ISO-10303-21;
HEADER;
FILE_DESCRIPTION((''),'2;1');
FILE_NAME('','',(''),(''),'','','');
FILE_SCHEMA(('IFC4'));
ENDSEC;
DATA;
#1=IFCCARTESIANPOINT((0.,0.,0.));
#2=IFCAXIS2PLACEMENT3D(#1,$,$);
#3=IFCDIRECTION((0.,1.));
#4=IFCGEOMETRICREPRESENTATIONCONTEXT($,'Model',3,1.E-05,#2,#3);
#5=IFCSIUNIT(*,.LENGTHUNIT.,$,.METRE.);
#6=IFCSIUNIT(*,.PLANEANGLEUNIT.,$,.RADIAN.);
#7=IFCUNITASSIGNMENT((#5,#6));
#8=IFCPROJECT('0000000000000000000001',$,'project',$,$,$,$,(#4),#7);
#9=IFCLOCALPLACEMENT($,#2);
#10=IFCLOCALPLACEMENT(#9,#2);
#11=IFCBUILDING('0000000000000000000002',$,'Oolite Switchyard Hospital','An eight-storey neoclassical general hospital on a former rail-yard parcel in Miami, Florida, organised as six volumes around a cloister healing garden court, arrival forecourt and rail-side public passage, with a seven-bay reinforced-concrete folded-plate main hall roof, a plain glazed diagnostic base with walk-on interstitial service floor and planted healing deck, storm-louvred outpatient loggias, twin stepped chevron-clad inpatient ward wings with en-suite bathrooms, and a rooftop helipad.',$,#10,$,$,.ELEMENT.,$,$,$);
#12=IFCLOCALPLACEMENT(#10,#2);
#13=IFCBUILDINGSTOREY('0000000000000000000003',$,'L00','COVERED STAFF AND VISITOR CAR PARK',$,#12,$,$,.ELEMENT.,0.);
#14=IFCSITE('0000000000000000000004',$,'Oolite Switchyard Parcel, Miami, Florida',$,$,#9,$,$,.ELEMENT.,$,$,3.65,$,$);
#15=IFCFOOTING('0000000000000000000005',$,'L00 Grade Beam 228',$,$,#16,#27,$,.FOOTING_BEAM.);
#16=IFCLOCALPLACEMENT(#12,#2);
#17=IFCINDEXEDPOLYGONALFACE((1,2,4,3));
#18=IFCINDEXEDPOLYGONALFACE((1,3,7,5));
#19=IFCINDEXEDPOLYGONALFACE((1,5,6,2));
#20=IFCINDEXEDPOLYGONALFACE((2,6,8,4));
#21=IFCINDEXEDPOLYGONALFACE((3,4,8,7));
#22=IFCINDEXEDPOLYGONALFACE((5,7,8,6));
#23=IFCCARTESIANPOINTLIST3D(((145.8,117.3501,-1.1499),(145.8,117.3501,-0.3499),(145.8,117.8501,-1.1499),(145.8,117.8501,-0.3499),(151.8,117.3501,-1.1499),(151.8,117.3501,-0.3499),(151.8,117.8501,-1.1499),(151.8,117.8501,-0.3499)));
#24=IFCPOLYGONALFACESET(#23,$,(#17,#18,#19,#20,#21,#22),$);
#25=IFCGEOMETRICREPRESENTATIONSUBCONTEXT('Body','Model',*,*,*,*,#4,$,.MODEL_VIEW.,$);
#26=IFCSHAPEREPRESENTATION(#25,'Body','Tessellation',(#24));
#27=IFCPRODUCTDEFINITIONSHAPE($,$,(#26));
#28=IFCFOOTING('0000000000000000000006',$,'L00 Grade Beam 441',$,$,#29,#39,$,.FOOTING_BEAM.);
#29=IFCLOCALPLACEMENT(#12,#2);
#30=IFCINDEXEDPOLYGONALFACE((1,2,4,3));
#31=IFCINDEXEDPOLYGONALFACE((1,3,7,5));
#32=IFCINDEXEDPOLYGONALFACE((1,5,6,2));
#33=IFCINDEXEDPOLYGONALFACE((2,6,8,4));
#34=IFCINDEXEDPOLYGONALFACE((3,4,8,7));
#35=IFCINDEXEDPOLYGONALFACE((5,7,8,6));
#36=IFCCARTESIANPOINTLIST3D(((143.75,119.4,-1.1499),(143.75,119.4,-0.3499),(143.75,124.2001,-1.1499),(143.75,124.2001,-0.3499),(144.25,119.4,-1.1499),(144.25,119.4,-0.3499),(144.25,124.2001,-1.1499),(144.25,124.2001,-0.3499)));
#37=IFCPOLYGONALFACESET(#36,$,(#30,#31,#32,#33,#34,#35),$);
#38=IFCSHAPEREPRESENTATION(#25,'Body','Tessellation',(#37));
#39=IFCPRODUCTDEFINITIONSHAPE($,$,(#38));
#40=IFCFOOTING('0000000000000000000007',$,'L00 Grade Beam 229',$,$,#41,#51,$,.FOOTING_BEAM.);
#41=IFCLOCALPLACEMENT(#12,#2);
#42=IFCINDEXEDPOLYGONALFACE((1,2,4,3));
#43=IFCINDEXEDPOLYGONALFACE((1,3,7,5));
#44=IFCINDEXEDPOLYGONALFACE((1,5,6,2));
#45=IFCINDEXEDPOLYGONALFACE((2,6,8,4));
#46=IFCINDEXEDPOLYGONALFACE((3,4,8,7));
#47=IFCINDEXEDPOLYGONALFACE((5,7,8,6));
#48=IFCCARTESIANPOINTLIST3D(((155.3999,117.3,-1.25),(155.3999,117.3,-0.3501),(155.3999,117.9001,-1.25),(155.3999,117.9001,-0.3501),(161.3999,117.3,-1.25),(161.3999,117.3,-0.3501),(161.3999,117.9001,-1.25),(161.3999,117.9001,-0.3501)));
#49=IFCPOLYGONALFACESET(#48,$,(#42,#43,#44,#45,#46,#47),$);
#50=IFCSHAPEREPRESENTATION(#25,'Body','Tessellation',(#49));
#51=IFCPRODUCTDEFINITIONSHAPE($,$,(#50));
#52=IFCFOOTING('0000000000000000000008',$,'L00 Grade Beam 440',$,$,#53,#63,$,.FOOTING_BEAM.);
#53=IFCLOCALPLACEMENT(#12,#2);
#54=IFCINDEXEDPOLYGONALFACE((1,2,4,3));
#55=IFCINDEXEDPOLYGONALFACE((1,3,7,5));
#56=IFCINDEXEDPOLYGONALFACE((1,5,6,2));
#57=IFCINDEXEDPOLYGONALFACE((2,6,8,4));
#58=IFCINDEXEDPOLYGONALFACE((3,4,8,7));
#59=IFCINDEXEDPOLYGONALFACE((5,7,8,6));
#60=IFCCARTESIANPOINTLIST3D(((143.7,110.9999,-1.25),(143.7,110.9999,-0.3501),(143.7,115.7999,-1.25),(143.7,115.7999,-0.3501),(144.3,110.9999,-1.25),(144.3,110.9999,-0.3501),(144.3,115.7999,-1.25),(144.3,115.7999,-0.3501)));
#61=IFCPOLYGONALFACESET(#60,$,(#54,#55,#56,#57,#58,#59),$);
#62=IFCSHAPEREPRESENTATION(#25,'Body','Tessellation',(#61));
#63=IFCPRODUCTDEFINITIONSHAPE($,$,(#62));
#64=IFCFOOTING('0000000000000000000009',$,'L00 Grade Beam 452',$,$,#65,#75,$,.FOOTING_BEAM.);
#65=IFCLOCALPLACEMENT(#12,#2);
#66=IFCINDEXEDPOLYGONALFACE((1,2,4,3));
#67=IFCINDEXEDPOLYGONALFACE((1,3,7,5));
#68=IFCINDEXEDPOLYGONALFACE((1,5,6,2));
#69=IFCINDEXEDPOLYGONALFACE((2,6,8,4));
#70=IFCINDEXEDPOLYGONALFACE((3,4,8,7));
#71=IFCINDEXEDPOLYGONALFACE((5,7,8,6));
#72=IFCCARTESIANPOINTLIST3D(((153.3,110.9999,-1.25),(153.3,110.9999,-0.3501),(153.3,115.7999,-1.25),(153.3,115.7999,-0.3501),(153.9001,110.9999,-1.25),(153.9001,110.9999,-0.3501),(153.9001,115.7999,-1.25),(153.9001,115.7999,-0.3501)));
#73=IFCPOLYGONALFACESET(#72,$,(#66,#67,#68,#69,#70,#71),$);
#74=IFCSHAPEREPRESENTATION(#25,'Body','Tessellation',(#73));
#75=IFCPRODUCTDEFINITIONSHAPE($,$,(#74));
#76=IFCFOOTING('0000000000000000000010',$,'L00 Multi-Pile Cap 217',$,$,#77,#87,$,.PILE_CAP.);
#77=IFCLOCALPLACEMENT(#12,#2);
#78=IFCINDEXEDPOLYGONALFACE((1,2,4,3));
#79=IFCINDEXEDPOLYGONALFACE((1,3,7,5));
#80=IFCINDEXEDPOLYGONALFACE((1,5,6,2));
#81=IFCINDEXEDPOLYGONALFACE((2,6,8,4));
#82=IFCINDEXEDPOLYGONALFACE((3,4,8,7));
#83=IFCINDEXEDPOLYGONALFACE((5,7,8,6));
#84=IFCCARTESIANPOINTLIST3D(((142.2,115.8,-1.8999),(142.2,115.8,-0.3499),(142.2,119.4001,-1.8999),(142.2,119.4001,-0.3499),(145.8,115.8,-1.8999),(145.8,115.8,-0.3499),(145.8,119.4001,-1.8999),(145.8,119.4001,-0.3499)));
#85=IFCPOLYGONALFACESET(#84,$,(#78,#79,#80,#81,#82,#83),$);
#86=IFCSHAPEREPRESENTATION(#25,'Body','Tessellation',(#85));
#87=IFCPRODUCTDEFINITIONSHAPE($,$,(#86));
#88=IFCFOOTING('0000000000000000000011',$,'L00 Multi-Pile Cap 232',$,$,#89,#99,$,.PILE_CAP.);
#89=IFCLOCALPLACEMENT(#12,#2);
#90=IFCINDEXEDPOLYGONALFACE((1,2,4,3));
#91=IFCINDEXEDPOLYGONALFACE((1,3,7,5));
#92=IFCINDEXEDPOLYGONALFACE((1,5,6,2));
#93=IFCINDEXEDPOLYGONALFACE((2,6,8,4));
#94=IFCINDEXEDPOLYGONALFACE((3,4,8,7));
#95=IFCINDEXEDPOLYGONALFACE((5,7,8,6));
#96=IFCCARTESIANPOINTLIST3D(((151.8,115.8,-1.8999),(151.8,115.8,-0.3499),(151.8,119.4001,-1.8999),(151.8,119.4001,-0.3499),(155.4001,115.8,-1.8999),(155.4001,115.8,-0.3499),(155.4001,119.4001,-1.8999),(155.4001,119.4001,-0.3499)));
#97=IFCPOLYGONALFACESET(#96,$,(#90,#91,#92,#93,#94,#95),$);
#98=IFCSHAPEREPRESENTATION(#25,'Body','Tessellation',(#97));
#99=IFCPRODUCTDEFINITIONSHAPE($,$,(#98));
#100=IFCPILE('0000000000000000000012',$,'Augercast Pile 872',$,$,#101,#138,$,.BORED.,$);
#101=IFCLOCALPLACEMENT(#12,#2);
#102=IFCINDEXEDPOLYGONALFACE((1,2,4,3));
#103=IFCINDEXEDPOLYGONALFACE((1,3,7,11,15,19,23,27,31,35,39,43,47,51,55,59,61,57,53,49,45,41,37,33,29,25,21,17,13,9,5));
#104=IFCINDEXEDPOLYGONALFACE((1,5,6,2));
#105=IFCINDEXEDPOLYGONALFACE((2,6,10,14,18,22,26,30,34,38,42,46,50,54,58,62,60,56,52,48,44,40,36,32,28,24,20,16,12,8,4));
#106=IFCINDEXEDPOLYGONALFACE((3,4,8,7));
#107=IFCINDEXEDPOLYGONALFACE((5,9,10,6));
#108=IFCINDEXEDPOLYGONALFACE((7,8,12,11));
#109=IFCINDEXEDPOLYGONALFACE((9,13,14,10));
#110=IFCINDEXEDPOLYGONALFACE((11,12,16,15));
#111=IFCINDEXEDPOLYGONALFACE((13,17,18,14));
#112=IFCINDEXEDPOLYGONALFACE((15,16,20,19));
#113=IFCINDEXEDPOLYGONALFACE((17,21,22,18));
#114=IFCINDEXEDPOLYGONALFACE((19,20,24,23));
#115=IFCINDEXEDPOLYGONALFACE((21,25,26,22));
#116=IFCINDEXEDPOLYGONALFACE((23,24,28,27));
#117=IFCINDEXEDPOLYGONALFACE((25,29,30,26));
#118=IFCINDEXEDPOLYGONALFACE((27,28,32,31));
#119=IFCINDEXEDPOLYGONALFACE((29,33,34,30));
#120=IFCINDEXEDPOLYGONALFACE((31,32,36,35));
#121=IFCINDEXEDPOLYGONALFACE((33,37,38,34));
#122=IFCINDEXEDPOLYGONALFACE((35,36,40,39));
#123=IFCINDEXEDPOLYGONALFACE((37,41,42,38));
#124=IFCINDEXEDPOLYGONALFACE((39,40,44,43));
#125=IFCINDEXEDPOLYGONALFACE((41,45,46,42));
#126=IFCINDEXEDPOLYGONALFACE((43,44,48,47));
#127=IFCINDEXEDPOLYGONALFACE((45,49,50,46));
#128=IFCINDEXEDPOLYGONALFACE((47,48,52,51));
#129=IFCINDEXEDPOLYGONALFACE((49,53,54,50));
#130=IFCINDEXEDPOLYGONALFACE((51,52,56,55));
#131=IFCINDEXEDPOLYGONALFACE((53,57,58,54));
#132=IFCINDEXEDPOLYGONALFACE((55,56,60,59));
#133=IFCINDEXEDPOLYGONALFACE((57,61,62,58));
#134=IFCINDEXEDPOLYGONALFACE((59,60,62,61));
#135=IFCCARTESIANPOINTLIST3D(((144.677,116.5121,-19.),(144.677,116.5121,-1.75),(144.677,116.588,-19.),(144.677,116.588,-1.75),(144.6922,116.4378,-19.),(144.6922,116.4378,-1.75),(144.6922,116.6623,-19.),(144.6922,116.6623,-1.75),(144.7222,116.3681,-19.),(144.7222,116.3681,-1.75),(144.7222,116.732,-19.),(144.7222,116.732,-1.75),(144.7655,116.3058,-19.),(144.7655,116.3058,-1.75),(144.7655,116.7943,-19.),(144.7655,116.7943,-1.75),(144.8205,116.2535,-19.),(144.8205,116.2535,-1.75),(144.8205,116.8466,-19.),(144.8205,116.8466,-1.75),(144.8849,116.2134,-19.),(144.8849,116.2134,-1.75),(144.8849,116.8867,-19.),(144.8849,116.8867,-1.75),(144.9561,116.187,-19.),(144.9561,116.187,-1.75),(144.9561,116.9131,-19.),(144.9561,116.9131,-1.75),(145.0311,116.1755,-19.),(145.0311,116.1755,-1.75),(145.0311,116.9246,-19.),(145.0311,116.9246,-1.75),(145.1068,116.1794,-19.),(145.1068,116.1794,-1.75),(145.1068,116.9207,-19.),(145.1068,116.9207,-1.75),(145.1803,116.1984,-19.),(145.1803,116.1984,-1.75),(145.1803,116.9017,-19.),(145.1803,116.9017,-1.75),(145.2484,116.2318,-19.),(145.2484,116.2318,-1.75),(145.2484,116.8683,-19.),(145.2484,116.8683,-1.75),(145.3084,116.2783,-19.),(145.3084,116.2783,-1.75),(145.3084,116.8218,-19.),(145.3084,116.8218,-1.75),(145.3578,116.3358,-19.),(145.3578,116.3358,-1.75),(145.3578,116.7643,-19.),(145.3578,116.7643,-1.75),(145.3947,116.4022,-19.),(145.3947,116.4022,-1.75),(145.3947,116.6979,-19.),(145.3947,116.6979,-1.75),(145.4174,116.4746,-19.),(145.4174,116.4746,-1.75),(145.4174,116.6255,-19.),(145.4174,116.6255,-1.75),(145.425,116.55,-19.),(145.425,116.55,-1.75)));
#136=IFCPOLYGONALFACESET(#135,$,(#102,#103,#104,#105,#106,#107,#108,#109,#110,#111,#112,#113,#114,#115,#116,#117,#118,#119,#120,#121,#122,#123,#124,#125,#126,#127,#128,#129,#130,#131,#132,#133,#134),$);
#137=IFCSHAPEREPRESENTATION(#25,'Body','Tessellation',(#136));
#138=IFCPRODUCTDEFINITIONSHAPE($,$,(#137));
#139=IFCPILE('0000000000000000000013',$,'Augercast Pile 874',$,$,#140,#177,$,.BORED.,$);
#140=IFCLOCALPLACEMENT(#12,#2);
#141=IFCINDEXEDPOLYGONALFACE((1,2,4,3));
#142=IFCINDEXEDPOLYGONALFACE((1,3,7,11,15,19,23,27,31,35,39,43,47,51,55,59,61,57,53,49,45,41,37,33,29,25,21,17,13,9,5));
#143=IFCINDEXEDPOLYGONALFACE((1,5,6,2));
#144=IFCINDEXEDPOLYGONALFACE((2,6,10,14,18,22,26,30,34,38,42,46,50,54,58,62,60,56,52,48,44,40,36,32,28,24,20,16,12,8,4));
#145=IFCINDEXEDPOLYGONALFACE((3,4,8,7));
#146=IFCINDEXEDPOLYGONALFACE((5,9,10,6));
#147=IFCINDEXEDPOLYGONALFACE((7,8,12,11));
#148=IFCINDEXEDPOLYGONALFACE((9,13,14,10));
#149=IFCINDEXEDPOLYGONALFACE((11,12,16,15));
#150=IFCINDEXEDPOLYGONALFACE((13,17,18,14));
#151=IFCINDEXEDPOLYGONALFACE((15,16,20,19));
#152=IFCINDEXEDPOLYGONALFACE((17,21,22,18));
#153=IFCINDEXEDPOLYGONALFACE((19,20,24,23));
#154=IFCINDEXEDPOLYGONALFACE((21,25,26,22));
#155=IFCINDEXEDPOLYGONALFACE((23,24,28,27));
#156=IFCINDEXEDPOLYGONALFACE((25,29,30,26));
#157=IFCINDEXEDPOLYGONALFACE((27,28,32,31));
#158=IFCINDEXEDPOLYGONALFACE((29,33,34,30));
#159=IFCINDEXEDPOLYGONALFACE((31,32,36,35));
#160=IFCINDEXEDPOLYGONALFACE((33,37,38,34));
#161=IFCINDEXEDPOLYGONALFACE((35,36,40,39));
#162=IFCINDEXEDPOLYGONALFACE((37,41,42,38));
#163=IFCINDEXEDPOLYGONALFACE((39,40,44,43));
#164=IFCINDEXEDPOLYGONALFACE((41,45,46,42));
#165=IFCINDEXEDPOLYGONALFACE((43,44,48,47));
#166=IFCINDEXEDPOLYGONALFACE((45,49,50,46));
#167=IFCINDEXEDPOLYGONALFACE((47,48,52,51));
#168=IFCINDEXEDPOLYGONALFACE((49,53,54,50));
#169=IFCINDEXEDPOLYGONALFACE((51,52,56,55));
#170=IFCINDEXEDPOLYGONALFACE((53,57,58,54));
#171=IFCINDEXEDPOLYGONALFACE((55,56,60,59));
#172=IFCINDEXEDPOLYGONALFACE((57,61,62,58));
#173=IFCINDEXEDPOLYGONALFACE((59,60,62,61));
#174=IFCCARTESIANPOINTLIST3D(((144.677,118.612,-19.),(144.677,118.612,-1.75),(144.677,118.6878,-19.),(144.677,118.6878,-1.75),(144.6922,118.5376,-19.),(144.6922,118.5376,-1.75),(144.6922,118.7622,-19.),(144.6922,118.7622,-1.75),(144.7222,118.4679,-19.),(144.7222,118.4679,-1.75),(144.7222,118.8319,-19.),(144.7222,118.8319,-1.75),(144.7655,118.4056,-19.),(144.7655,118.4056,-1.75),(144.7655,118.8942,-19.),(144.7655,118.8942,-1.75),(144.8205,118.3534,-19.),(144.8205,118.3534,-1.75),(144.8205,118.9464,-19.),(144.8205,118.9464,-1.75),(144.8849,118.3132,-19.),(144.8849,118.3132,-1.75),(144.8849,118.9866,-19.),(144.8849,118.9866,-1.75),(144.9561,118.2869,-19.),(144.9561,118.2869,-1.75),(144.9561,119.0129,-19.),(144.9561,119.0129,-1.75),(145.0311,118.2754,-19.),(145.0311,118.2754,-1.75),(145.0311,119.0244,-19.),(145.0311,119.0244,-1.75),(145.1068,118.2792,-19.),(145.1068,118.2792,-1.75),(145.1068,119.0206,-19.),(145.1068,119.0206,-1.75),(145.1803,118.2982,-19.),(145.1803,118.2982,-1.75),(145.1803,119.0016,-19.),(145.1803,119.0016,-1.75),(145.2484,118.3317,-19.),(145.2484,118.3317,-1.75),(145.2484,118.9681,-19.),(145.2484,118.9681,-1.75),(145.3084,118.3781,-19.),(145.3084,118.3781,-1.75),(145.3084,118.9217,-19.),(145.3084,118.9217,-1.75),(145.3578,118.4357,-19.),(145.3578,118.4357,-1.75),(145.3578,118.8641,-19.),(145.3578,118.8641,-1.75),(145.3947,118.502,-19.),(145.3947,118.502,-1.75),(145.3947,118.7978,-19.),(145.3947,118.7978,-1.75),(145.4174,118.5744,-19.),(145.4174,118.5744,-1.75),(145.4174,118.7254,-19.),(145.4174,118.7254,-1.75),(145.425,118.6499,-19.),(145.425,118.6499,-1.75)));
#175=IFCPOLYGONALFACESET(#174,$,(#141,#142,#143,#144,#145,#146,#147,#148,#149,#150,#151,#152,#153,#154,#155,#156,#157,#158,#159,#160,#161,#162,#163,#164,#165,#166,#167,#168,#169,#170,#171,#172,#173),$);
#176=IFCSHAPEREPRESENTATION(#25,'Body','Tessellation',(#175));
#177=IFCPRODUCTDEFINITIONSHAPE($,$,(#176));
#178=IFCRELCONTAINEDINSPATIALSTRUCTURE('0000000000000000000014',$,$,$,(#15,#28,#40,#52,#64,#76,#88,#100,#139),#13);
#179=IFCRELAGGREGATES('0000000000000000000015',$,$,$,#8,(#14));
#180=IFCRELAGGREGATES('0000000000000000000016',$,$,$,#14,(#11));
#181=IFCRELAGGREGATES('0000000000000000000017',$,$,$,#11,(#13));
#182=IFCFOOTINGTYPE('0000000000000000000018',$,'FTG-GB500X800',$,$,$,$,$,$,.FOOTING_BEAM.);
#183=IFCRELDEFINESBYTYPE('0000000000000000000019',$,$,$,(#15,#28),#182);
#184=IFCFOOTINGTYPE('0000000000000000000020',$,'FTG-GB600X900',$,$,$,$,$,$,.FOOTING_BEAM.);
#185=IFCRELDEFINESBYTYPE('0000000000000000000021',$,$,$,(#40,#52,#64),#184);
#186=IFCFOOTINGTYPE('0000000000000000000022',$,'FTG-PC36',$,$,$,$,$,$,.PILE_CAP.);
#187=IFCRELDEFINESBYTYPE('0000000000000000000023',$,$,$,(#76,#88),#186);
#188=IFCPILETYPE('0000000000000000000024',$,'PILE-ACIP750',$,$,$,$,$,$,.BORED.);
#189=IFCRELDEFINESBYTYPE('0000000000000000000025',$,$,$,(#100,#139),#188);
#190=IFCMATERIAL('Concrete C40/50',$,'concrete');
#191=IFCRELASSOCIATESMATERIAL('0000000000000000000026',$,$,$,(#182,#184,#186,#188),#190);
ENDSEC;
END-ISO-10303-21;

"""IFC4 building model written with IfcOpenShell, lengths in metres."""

from ifc_helpers import new_model, si_unit, direction, frame, origin, origin_2d, place, context, subcontext, project, spatial, rectangle, circle, extrude, material, material_profile, profile_set, type_object, element, save


model = new_model("IFC4")

# Units and contexts
model_context = context("Model", 3, precision=1e-05, world=origin(), true_north=direction((0.0, 1.0)))
body_context = subcontext(model_context, "Body", "Model", "MODEL_VIEW")
ifc_project = project(units=[si_unit("LENGTHUNIT", "METRE"), si_unit("PLANEANGLEUNIT", "RADIAN")], contexts=[model_context])

# Site, building, storey
site_placement = place(None, origin())
site = spatial("IfcSite", under=ifc_project, at=site_placement, Name="Oolite Switchyard Parcel, Miami, Florida", CompositionType="ELEMENT", RefElevation=3.65)
building_placement = place(site_placement, origin())
building = spatial("IfcBuilding", under=site, at=building_placement, Name="Oolite Switchyard Hospital", Description="An eight-storey neoclassical general hospital on a former rail-yard parcel in Miami, Florida, organised as six volumes around a cloister healing garden court, arrival forecourt and rail-side public passage, with a seven-bay reinforced-concrete folded-plate main hall roof, a plain glazed diagnostic base with walk-on interstitial service floor and planted healing deck, storm-louvred outpatient loggias, twin stepped chevron-clad inpatient ward wings with en-suite bathrooms, and a rooftop helipad.", CompositionType="ELEMENT")
storey_placement = place(building_placement, origin())
storey = spatial("IfcBuildingStorey", under=building, at=storey_placement, Name="L00", Description="COVERED STAFF AND VISITOR CAR PARK", CompositionType="ELEMENT", Elevation=0.0)

# Footings
ifc_material_1 = material(Name="Concrete C40/50", Category="concrete")
footing_type_1 = type_object("IfcFootingType", Name="FTG-GB500X800", PredefinedType="FOOTING_BEAM", material=ifc_material_1)
footing_1_placement = place(storey_placement, frame((148.8, 117.6001, -1.1499), z_axis=(0.0, 0.0, 1.0), x_axis=(1.0, 0.0, 0.0)))
element("IfcFooting", 1, at=footing_1_placement, inside=storey, type_object=footing_type_1, Name="L00 Grade Beam 228", PredefinedType="FOOTING_BEAM", context=body_context, shape_type="SweptSolid", body=[
    extrude(rectangle(XDim=6.0, YDim=0.5, at=origin_2d()), origin(), (0.0, 0.0, 1.0), 0.8),
])
footing_2_placement = place(storey_placement, frame((144.0, 121.8, -1.1499), z_axis=(0.0, 0.0, 1.0), x_axis=(0.0, 1.0, 0.0)))
element("IfcFooting", 2, at=footing_2_placement, inside=storey, type_object=footing_type_1, Name="L00 Grade Beam 441", PredefinedType="FOOTING_BEAM", context=body_context, shape_type="SweptSolid", body=[
    extrude(rectangle(XDim=4.8, YDim=0.5, at=origin_2d()), origin(), (0.0, 0.0, 1.0), 0.8),
])
footing_type_2 = type_object("IfcFootingType", Name="FTG-GB600X900", PredefinedType="FOOTING_BEAM", material=ifc_material_1)
footing_3_placement = place(storey_placement, frame((158.3999, 117.6001, -1.25), z_axis=(0.0, 0.0, 1.0), x_axis=(1.0, 0.0, 0.0)))
element("IfcFooting", 3, at=footing_3_placement, inside=storey, type_object=footing_type_2, Name="L00 Grade Beam 229", PredefinedType="FOOTING_BEAM", context=body_context, shape_type="SweptSolid", body=[
    extrude(rectangle(XDim=6.0, YDim=0.6001, at=origin_2d()), origin(), (0.0, 0.0, 1.0), 0.8999),
])
for number, where, z_axis, x_axis, name in (
    (4, (144.0, 113.3999, -1.25), (0.0, 0.0, 1.0), (0.0, 1.0, 0.0), "L00 Grade Beam 440"),
    (5, (153.6001, 113.3999, -1.25), (0.0, 0.0, 1.0), (0.0, 1.0, 0.0), "L00 Grade Beam 452"),
):
    element("IfcFooting", number, at=place(storey_placement, frame(where, z_axis=z_axis, x_axis=x_axis)), inside=storey, type_object=footing_type_2, Name=name, PredefinedType="FOOTING_BEAM", context=body_context, shape_type="SweptSolid", body=[
        extrude(rectangle(XDim=4.8, YDim=0.6001, at=origin_2d()), origin(), (0.0, 0.0, 1.0), 0.8999),
    ])
footing_type_3 = type_object("IfcFootingType", Name="FTG-PC36", PredefinedType="PILE_CAP", material=ifc_material_1)
for number, where, z_axis, x_axis, name in (
    (6, (144.0, 117.6001, -1.8999), (0.0, 0.0, 1.0), (1.0, 0.0, 0.0), "L00 Multi-Pile Cap 217"),
    (7, (153.6001, 117.6001, -1.8999), (0.0, 0.0, 1.0), (1.0, 0.0, 0.0), "L00 Multi-Pile Cap 232"),
):
    element("IfcFooting", number, at=place(storey_placement, frame(where, z_axis=z_axis, x_axis=x_axis)), inside=storey, type_object=footing_type_3, Name=name, PredefinedType="PILE_CAP", context=body_context, shape_type="SweptSolid", body=[
        extrude(rectangle(XDim=3.6001, YDim=3.6001, at=origin_2d()), origin(), (0.0, 0.0, 1.0), 1.55),
    ])

# Piles
ifc_material_profile_1 = material_profile(ifc_material_1, circle(Radius=0.375, at=origin_2d()), Name="PILE750")
ifc_profile_set_1 = profile_set([ifc_material_profile_1], Name="Concrete C40/50")
pile_type = type_object("IfcPileType", Name="PILE-ACIP750", PredefinedType="BORED", material=ifc_profile_set_1)
for number, where, z_axis, x_axis, name in (
    (8, (145.05, 116.55, -1.75), (0.0, 0.0, -1.0), (1.0, 0.0, 0.0), "Augercast Pile 872"),
    (9, (145.05, 118.6499, -1.75), (0.0, 0.0, -1.0), (1.0, 0.0, 0.0), "Augercast Pile 874"),
):
    element("IfcPile", number, at=place(storey_placement, frame(where, z_axis=z_axis, x_axis=x_axis)), inside=storey, type_object=pile_type, Name=name, PredefinedType="BORED", context=body_context, shape_type="SweptSolid", body=[
        extrude(circle(Radius=0.375, at=origin_2d()), origin(), (0.0, 0.0, 1.0), 17.25),
    ])

save(model, "model.ifc")
